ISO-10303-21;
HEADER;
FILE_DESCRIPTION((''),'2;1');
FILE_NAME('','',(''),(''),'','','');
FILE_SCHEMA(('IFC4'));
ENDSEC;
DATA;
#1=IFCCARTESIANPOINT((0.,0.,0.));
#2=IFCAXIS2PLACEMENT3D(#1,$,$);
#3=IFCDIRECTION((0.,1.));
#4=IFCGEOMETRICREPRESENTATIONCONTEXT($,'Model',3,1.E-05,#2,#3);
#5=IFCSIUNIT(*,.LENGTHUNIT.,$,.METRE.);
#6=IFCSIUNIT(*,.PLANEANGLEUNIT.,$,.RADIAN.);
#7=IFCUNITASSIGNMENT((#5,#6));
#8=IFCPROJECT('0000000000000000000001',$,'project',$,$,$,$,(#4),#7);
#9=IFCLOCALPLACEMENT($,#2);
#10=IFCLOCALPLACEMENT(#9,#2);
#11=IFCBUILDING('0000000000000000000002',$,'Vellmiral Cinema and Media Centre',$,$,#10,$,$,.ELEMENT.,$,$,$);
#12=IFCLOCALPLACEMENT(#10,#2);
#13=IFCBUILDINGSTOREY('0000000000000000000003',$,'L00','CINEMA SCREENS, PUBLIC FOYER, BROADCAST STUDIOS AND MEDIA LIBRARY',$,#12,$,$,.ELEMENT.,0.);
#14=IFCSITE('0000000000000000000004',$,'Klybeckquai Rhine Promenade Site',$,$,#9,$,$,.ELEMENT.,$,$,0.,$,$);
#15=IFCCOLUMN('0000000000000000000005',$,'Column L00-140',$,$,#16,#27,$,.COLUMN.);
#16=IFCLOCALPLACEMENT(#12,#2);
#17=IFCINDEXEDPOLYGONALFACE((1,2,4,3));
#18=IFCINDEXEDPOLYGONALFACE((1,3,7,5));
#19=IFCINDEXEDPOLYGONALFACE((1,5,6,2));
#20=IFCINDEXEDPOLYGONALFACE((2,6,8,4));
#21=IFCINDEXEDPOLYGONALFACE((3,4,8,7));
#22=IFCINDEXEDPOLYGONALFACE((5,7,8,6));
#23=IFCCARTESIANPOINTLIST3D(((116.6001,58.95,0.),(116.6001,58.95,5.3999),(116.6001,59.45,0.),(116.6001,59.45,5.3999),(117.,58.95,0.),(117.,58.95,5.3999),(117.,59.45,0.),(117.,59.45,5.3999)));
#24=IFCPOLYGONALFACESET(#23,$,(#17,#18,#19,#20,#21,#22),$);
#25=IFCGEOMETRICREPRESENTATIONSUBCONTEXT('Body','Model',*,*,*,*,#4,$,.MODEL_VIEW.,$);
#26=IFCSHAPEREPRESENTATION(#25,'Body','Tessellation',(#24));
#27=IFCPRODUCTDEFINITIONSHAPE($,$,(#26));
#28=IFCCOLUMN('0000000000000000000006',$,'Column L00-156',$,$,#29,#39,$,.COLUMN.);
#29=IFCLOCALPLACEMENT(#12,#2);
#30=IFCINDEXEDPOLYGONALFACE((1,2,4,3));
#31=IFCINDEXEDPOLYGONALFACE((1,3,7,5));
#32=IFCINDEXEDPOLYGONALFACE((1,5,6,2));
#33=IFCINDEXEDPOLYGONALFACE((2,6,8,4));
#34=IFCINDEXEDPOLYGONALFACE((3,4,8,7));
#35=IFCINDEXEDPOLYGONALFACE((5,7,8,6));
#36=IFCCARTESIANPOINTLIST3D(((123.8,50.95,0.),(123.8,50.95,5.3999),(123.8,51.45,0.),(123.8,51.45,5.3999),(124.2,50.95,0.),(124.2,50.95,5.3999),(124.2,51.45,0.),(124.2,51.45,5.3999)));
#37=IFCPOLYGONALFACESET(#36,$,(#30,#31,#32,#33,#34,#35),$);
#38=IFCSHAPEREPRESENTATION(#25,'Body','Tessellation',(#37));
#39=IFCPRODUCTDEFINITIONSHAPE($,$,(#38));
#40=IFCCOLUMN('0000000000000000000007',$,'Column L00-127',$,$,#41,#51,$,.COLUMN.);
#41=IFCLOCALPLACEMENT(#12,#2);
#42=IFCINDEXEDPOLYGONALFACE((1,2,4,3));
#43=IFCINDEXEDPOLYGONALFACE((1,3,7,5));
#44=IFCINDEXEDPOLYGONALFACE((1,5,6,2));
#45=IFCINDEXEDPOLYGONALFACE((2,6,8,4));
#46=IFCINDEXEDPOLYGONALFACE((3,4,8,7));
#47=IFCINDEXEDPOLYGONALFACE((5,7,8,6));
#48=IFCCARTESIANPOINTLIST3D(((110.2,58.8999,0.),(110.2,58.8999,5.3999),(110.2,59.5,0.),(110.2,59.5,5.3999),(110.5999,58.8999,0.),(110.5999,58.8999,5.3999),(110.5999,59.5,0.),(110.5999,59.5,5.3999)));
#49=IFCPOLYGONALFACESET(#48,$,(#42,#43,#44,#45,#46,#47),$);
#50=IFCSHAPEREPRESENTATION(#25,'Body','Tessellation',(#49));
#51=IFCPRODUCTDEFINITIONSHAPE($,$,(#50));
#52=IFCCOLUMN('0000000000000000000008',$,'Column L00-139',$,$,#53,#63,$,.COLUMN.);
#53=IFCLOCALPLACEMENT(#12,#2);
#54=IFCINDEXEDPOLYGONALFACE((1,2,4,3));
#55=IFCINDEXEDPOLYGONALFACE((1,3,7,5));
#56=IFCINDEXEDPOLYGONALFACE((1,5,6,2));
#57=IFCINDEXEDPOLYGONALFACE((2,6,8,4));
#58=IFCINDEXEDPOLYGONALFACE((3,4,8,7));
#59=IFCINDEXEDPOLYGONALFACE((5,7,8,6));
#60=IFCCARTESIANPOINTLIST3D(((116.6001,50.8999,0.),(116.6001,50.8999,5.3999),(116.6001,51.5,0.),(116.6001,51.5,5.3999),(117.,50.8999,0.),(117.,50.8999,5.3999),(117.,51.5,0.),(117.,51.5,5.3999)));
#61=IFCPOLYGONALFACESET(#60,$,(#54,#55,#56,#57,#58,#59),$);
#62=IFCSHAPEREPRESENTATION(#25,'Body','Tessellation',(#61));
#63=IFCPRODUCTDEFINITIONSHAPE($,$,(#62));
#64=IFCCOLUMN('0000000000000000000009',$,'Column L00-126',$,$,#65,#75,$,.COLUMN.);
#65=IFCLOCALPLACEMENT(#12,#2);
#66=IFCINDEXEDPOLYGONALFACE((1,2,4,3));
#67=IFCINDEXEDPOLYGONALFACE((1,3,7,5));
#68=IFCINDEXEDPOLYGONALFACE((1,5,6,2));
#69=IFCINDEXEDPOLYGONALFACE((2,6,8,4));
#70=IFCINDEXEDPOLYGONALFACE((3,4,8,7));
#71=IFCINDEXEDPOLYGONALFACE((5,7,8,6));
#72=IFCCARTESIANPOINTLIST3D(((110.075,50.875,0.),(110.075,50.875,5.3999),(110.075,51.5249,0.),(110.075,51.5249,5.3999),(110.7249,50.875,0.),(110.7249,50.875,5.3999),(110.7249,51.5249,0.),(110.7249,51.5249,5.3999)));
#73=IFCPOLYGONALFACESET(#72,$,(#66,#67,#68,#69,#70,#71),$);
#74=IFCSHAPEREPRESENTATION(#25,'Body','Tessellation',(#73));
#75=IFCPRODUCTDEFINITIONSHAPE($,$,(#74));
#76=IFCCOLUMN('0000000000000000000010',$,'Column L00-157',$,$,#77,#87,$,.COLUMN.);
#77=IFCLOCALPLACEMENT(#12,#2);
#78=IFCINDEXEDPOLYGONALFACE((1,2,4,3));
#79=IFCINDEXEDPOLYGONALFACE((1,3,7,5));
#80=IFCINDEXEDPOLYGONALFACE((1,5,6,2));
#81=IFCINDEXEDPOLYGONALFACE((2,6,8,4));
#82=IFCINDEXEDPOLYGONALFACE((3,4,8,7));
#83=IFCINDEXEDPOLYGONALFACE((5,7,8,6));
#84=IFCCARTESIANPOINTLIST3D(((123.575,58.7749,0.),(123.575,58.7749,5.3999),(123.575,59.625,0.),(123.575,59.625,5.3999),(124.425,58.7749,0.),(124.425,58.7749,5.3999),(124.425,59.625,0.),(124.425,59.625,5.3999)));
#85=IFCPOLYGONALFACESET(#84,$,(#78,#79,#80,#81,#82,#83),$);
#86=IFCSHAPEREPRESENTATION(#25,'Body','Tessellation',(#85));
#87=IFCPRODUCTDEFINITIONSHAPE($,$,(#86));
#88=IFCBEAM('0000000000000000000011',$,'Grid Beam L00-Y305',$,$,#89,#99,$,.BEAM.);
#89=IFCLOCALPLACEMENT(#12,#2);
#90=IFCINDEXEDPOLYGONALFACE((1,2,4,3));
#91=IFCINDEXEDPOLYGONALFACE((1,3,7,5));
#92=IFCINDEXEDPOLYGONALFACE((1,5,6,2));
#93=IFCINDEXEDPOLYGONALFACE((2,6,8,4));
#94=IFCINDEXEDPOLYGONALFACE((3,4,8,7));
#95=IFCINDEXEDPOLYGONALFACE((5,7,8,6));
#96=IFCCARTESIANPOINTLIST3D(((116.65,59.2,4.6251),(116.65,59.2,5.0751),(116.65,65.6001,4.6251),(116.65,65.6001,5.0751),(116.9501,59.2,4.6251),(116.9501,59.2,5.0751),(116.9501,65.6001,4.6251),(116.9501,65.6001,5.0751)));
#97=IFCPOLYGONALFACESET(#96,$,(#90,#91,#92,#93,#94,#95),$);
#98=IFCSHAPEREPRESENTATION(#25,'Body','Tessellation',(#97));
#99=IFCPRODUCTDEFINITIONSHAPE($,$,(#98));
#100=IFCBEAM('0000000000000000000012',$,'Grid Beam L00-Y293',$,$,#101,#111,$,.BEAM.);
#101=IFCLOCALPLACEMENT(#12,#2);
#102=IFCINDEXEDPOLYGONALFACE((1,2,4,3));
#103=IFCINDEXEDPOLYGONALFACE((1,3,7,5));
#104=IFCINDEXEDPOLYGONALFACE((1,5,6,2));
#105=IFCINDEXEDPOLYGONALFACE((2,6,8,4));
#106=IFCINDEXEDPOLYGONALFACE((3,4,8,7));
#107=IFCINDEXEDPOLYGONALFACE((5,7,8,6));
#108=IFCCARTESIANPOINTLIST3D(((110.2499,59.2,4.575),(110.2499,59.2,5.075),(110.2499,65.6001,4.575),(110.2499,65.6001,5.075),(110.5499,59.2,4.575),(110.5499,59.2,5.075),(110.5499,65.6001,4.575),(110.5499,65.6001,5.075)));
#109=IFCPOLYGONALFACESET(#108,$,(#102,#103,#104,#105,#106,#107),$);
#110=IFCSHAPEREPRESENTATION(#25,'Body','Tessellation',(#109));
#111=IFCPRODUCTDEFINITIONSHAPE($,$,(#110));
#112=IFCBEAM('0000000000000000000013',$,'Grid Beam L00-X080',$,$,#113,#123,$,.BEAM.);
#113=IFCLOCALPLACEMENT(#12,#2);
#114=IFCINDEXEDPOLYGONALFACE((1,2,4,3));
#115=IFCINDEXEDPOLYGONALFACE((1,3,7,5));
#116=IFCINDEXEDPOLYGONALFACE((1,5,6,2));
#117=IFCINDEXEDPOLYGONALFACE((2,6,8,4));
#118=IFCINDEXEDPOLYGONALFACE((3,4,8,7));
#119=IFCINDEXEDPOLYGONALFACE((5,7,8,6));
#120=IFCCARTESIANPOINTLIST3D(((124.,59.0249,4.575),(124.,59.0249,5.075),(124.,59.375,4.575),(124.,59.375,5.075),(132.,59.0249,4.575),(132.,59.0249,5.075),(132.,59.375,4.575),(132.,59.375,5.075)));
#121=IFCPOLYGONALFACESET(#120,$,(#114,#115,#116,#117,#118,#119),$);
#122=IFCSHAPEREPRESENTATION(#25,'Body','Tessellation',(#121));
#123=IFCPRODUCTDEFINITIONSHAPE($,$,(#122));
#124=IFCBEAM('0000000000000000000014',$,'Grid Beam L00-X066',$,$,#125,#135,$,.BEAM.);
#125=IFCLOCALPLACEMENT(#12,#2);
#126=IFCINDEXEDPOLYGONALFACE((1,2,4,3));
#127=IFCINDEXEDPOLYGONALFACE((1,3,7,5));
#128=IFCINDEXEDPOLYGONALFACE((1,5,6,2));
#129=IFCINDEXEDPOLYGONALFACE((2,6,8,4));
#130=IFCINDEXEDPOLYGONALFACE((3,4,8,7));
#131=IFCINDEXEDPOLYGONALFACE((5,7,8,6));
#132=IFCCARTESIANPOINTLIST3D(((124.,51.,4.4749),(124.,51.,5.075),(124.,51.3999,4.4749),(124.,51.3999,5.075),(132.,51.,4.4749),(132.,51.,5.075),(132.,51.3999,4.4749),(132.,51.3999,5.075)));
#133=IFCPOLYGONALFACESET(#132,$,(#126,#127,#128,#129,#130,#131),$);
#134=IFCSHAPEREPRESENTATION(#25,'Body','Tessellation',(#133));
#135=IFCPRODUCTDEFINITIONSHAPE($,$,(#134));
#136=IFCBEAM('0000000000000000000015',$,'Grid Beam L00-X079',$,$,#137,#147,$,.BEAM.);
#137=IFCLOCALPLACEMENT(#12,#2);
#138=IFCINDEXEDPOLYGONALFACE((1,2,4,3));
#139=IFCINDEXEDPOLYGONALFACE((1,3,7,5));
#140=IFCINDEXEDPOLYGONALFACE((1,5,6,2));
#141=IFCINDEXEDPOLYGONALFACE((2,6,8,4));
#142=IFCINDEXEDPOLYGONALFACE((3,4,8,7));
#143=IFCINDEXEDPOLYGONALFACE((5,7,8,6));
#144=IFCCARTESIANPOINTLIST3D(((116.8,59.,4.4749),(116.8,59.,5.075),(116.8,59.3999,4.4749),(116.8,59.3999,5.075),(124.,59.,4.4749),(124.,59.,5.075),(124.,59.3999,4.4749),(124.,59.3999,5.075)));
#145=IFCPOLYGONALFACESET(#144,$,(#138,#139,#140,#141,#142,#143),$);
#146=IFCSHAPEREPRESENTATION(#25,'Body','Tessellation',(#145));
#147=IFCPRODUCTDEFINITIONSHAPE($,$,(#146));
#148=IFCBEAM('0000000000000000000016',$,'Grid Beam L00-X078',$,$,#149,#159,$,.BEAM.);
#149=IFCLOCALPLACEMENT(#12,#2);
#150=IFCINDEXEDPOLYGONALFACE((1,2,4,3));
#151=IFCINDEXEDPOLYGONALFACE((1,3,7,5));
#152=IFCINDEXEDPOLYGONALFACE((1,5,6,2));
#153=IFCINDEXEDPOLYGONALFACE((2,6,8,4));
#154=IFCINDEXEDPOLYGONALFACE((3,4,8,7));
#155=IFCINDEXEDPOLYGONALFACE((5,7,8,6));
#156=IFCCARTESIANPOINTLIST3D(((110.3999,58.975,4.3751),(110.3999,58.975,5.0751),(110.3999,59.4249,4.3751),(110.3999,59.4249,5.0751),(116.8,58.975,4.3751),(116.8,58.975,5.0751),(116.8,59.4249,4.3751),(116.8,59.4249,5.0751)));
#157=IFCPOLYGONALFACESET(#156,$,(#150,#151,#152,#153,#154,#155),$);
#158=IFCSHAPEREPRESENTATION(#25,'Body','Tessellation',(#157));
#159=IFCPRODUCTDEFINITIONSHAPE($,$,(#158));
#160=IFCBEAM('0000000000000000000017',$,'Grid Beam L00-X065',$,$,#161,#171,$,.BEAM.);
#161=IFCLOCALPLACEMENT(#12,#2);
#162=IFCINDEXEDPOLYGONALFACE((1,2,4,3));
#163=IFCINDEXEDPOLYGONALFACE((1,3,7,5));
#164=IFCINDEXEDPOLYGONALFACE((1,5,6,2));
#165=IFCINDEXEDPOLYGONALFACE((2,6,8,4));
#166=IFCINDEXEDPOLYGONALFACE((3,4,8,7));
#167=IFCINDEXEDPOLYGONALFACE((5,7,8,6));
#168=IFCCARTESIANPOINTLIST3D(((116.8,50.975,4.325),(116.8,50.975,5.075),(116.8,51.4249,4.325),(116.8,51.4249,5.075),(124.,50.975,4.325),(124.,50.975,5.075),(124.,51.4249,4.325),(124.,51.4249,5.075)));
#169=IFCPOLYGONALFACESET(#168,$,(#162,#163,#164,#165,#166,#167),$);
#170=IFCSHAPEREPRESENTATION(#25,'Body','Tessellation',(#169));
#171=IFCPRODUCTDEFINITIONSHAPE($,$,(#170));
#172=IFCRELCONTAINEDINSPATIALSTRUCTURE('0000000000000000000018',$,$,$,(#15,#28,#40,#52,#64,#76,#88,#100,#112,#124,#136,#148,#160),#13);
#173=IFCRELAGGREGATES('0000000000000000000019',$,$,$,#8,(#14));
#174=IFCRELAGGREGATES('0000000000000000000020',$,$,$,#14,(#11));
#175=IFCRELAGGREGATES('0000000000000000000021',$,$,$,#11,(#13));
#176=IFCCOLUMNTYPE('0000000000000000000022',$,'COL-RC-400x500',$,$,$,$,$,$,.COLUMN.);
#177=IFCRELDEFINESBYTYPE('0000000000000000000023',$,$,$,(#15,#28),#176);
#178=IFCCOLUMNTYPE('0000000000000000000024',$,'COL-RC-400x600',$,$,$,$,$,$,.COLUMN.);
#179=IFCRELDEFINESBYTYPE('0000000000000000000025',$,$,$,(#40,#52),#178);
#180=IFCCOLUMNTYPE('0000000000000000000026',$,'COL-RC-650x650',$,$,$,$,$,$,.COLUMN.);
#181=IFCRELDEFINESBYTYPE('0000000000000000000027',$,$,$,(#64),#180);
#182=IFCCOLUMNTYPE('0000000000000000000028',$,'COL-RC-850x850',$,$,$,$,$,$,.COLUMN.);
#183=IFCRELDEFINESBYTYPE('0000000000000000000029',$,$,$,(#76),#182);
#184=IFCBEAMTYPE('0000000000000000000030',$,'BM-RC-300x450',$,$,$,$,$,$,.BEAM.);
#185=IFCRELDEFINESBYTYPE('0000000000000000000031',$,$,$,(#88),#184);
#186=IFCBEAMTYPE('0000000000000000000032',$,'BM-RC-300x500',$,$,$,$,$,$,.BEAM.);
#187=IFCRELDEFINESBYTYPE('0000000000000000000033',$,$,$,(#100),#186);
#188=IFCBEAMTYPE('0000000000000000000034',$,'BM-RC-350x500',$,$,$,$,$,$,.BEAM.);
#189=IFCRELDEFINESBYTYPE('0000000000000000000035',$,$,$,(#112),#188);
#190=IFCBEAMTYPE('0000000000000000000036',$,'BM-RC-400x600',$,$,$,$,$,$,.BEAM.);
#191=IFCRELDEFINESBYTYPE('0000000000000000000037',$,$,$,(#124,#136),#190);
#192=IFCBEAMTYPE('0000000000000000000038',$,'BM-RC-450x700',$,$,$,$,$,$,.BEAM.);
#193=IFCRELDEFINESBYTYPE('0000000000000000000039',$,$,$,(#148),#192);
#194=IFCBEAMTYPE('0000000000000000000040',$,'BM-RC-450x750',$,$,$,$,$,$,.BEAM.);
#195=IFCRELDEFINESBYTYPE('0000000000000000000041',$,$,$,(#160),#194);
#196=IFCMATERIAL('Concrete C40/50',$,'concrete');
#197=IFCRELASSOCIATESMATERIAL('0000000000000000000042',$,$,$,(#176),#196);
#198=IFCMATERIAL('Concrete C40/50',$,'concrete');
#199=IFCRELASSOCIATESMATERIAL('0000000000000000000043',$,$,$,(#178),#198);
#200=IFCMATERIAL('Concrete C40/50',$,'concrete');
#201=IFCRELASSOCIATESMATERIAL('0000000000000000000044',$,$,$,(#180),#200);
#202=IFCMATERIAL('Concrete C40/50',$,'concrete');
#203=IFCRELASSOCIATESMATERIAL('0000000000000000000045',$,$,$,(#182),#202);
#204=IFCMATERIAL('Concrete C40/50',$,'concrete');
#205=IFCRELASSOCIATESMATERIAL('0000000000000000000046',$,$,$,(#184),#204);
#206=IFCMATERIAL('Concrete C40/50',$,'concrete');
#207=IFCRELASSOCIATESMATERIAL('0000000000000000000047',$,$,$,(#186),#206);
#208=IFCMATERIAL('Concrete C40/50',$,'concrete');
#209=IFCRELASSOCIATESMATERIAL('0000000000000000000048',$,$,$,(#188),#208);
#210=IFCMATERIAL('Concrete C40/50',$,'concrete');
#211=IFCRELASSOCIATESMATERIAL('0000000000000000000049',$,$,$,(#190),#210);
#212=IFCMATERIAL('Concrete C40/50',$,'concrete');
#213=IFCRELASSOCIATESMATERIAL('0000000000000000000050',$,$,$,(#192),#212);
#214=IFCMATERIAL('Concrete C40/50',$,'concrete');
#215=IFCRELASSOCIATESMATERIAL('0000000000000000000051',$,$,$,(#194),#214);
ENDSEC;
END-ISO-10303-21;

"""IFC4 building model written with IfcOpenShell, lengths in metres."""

from ifc_helpers import new_model, si_unit, direction, frame, origin, origin_2d, place, context, subcontext, project, spatial, rectangle, extrude, material, material_profile, profile_set, type_object, element, save


model = new_model("IFC4")

# Units and contexts
model_context = context("Model", 3, precision=1e-05, world=origin(), true_north=direction((0.0, 1.0)))
body_context = subcontext(model_context, "Body", "Model", "MODEL_VIEW")
ifc_project = project(units=[si_unit("LENGTHUNIT", "METRE"), si_unit("PLANEANGLEUNIT", "RADIAN")], contexts=[model_context])

# Site, building, storey
site_placement = place(None, origin())
site = spatial("IfcSite", under=ifc_project, at=site_placement, Name="Klybeckquai Rhine Promenade Site", CompositionType="ELEMENT", RefElevation=0.0)
building_placement = place(site_placement, origin())
building = spatial("IfcBuilding", under=site, at=building_placement, Name="Vellmiral Cinema and Media Centre", CompositionType="ELEMENT")
storey_placement = place(building_placement, origin())
storey = spatial("IfcBuildingStorey", under=building, at=storey_placement, Name="L00", Description="CINEMA SCREENS, PUBLIC FOYER, BROADCAST STUDIOS AND MEDIA LIBRARY", CompositionType="ELEMENT", Elevation=0.0)

# Columns
ifc_material_1 = material(Name="Concrete C40/50", Category="concrete")
ifc_material_profile_1 = material_profile(ifc_material_1, rectangle(XDim=0.3999, YDim=0.5, at=origin_2d()), Name="RC 400x500")
ifc_profile_set_1 = profile_set([ifc_material_profile_1], Name="Concrete C40/50")
column_type_1 = type_object("IfcColumnType", Name="COL-RC-400x500", PredefinedType="COLUMN", material=ifc_profile_set_1)
for number, where, z_axis, x_axis, name in (
    (1, (116.8, 59.2, 0.0), (0.0, 0.0, 1.0), (1.0, 0.0, 0.0), "Column L00-140"),
    (2, (124.0, 51.2, 0.0), (0.0, 0.0, 1.0), (1.0, 0.0, 0.0), "Column L00-156"),
):
    element("IfcColumn", number, at=place(storey_placement, frame(where, z_axis=z_axis, x_axis=x_axis)), inside=storey, type_object=column_type_1, Name=name, PredefinedType="COLUMN", context=body_context, shape_type="SweptSolid", body=[
        extrude(rectangle(XDim=0.3999, YDim=0.5, at=origin_2d()), origin(), (0.0, 0.0, 1.0), 5.3999),
    ])
ifc_material_2 = material(Name="Concrete C40/50", Category="concrete")
ifc_material_profile_2 = material_profile(ifc_material_2, rectangle(XDim=0.3999, YDim=0.6001, at=origin_2d()), Name="RC 400x600")
ifc_profile_set_2 = profile_set([ifc_material_profile_2], Name="Concrete C40/50")
column_type_2 = type_object("IfcColumnType", Name="COL-RC-400x600", PredefinedType="COLUMN", material=ifc_profile_set_2)
for number, where, z_axis, x_axis, name in (
    (3, (110.3999, 59.2, 0.0), (0.0, 0.0, 1.0), (1.0, 0.0, 0.0), "Column L00-127"),
    (4, (116.8, 51.2, 0.0), (0.0, 0.0, 1.0), (1.0, 0.0, 0.0), "Column L00-139"),
):
    element("IfcColumn", number, at=place(storey_placement, frame(where, z_axis=z_axis, x_axis=x_axis)), inside=storey, type_object=column_type_2, Name=name, PredefinedType="COLUMN", context=body_context, shape_type="SweptSolid", body=[
        extrude(rectangle(XDim=0.3999, YDim=0.6001, at=origin_2d()), origin(), (0.0, 0.0, 1.0), 5.3999),
    ])
ifc_material_3 = material(Name="Concrete C40/50", Category="concrete")
ifc_material_profile_3 = material_profile(ifc_material_3, rectangle(XDim=0.6499, YDim=0.6499, at=origin_2d()), Name="RC 650x650")
ifc_profile_set_3 = profile_set([ifc_material_profile_3], Name="Concrete C40/50")
column_type_3 = type_object("IfcColumnType", Name="COL-RC-650x650", PredefinedType="COLUMN", material=ifc_profile_set_3)
column_1_placement = place(storey_placement, frame((110.3999, 51.2, 0.0), z_axis=(0.0, 0.0, 1.0), x_axis=(1.0, 0.0, 0.0)))
element("IfcColumn", 5, at=column_1_placement, inside=storey, type_object=column_type_3, Name="Column L00-126", PredefinedType="COLUMN", context=body_context, shape_type="SweptSolid", body=[
    extrude(rectangle(XDim=0.6499, YDim=0.6499, at=origin_2d()), origin(), (0.0, 0.0, 1.0), 5.3999),
])
ifc_material_4 = material(Name="Concrete C40/50", Category="concrete")
ifc_material_profile_4 = material_profile(ifc_material_4, rectangle(XDim=0.8501, YDim=0.8501, at=origin_2d()), Name="RC 850x850")
ifc_profile_set_4 = profile_set([ifc_material_profile_4], Name="Concrete C40/50")
column_type_4 = type_object("IfcColumnType", Name="COL-RC-850x850", PredefinedType="COLUMN", material=ifc_profile_set_4)
column_2_placement = place(storey_placement, frame((124.0, 59.2, 0.0), z_axis=(0.0, 0.0, 1.0), x_axis=(1.0, 0.0, 0.0)))
element("IfcColumn", 6, at=column_2_placement, inside=storey, type_object=column_type_4, Name="Column L00-157", PredefinedType="COLUMN", context=body_context, shape_type="SweptSolid", body=[
    extrude(rectangle(XDim=0.8501, YDim=0.8501, at=origin_2d()), origin(), (0.0, 0.0, 1.0), 5.3999),
])

# Beams
ifc_material_5 = material(Name="Concrete C40/50", Category="concrete")
ifc_material_profile_5 = material_profile(ifc_material_5, rectangle(XDim=0.3, YDim=0.45, at=origin_2d()), Name="RC 300x450")
ifc_profile_set_5 = profile_set([ifc_material_profile_5], Name="Concrete C40/50")
beam_type_1 = type_object("IfcBeamType", Name="BM-RC-300x450", PredefinedType="BEAM", material=ifc_profile_set_5)
beam_1_placement = place(storey_placement, frame((116.8, 59.2, 4.8501), z_axis=(0.0, 1.0, 0.0), x_axis=(-1.0, 0.0, 0.0)))
element("IfcBeam", 7, at=beam_1_placement, inside=storey, type_object=beam_type_1, Name="Grid Beam L00-Y305", PredefinedType="BEAM", context=body_context, shape_type="SweptSolid", body=[
    extrude(rectangle(XDim=0.3, YDim=0.45, at=origin_2d()), origin(), (0.0, 0.0, 1.0), 6.4001),
])
ifc_material_6 = material(Name="Concrete C40/50", Category="concrete")
ifc_material_profile_6 = material_profile(ifc_material_6, rectangle(XDim=0.3, YDim=0.5, at=origin_2d()), Name="RC 300x500")
ifc_profile_set_6 = profile_set([ifc_material_profile_6], Name="Concrete C40/50")
beam_type_2 = type_object("IfcBeamType", Name="BM-RC-300x500", PredefinedType="BEAM", material=ifc_profile_set_6)
beam_2_placement = place(storey_placement, frame((110.3999, 59.2, 4.825), z_axis=(0.0, 1.0, 0.0), x_axis=(-1.0, 0.0, 0.0)))
element("IfcBeam", 8, at=beam_2_placement, inside=storey, type_object=beam_type_2, Name="Grid Beam L00-Y293", PredefinedType="BEAM", context=body_context, shape_type="SweptSolid", body=[
    extrude(rectangle(XDim=0.3, YDim=0.5, at=origin_2d()), origin(), (0.0, 0.0, 1.0), 6.4001),
])
ifc_material_7 = material(Name="Concrete C40/50", Category="concrete")
ifc_material_profile_7 = material_profile(ifc_material_7, rectangle(XDim=0.3501, YDim=0.5, at=origin_2d()), Name="RC 350x500")
ifc_profile_set_7 = profile_set([ifc_material_profile_7], Name="Concrete C40/50")
beam_type_3 = type_object("IfcBeamType", Name="BM-RC-350x500", PredefinedType="BEAM", material=ifc_profile_set_7)
beam_3_placement = place(storey_placement, frame((124.0, 59.2, 4.825), z_axis=(1.0, 0.0, 0.0), x_axis=(0.0, 1.0, 0.0)))
element("IfcBeam", 9, at=beam_3_placement, inside=storey, type_object=beam_type_3, Name="Grid Beam L00-X080", PredefinedType="BEAM", context=body_context, shape_type="SweptSolid", body=[
    extrude(rectangle(XDim=0.3501, YDim=0.5, at=origin_2d()), origin(), (0.0, 0.0, 1.0), 8.0),
])
ifc_material_8 = material(Name="Concrete C40/50", Category="concrete")
ifc_material_profile_8 = material_profile(ifc_material_8, rectangle(XDim=0.3999, YDim=0.6001, at=origin_2d()), Name="RC 400x600")
ifc_profile_set_8 = profile_set([ifc_material_profile_8], Name="Concrete C40/50")
beam_type_4 = type_object("IfcBeamType", Name="BM-RC-400x600", PredefinedType="BEAM", material=ifc_profile_set_8)
beam_4_placement = place(storey_placement, frame((124.0, 51.2, 4.7749), z_axis=(1.0, 0.0, 0.0), x_axis=(0.0, 1.0, 0.0)))
element("IfcBeam", 10, at=beam_4_placement, inside=storey, type_object=beam_type_4, Name="Grid Beam L00-X066", PredefinedType="BEAM", context=body_context, shape_type="SweptSolid", body=[
    extrude(rectangle(XDim=0.3999, YDim=0.6001, at=origin_2d()), origin(), (0.0, 0.0, 1.0), 8.0),
])
beam_5_placement = place(storey_placement, frame((116.8, 59.2, 4.7749), z_axis=(1.0, 0.0, 0.0), x_axis=(0.0, 1.0, 0.0)))
element("IfcBeam", 11, at=beam_5_placement, inside=storey, type_object=beam_type_4, Name="Grid Beam L00-X079", PredefinedType="BEAM", context=body_context, shape_type="SweptSolid", body=[
    extrude(rectangle(XDim=0.3999, YDim=0.6001, at=origin_2d()), origin(), (0.0, 0.0, 1.0), 7.2),
])
ifc_material_9 = material(Name="Concrete C40/50", Category="concrete")
ifc_material_profile_9 = material_profile(ifc_material_9, rectangle(XDim=0.45, YDim=0.7, at=origin_2d()), Name="RC 450x700")
ifc_profile_set_9 = profile_set([ifc_material_profile_9], Name="Concrete C40/50")
beam_type_5 = type_object("IfcBeamType", Name="BM-RC-450x700", PredefinedType="BEAM", material=ifc_profile_set_9)
beam_6_placement = place(storey_placement, frame((110.3999, 59.2, 4.7251), z_axis=(1.0, 0.0, 0.0), x_axis=(0.0, 1.0, 0.0)))
element("IfcBeam", 12, at=beam_6_placement, inside=storey, type_object=beam_type_5, Name="Grid Beam L00-X078", PredefinedType="BEAM", context=body_context, shape_type="SweptSolid", body=[
    extrude(rectangle(XDim=0.45, YDim=0.7, at=origin_2d()), origin(), (0.0, 0.0, 1.0), 6.4001),
])
ifc_material_10 = material(Name="Concrete C40/50", Category="concrete")
ifc_material_profile_10 = material_profile(ifc_material_10, rectangle(XDim=0.45, YDim=0.75, at=origin_2d()), Name="RC 450x750")
ifc_profile_set_10 = profile_set([ifc_material_profile_10], Name="Concrete C40/50")
beam_type_6 = type_object("IfcBeamType", Name="BM-RC-450x750", PredefinedType="BEAM", material=ifc_profile_set_10)
beam_7_placement = place(storey_placement, frame((116.8, 51.2, 4.7), z_axis=(1.0, 0.0, 0.0), x_axis=(0.0, 1.0, 0.0)))
element("IfcBeam", 13, at=beam_7_placement, inside=storey, type_object=beam_type_6, Name="Grid Beam L00-X065", PredefinedType="BEAM", context=body_context, shape_type="SweptSolid", body=[
    extrude(rectangle(XDim=0.45, YDim=0.75, at=origin_2d()), origin(), (0.0, 0.0, 1.0), 7.2),
])

save(model, "model.ifc")
